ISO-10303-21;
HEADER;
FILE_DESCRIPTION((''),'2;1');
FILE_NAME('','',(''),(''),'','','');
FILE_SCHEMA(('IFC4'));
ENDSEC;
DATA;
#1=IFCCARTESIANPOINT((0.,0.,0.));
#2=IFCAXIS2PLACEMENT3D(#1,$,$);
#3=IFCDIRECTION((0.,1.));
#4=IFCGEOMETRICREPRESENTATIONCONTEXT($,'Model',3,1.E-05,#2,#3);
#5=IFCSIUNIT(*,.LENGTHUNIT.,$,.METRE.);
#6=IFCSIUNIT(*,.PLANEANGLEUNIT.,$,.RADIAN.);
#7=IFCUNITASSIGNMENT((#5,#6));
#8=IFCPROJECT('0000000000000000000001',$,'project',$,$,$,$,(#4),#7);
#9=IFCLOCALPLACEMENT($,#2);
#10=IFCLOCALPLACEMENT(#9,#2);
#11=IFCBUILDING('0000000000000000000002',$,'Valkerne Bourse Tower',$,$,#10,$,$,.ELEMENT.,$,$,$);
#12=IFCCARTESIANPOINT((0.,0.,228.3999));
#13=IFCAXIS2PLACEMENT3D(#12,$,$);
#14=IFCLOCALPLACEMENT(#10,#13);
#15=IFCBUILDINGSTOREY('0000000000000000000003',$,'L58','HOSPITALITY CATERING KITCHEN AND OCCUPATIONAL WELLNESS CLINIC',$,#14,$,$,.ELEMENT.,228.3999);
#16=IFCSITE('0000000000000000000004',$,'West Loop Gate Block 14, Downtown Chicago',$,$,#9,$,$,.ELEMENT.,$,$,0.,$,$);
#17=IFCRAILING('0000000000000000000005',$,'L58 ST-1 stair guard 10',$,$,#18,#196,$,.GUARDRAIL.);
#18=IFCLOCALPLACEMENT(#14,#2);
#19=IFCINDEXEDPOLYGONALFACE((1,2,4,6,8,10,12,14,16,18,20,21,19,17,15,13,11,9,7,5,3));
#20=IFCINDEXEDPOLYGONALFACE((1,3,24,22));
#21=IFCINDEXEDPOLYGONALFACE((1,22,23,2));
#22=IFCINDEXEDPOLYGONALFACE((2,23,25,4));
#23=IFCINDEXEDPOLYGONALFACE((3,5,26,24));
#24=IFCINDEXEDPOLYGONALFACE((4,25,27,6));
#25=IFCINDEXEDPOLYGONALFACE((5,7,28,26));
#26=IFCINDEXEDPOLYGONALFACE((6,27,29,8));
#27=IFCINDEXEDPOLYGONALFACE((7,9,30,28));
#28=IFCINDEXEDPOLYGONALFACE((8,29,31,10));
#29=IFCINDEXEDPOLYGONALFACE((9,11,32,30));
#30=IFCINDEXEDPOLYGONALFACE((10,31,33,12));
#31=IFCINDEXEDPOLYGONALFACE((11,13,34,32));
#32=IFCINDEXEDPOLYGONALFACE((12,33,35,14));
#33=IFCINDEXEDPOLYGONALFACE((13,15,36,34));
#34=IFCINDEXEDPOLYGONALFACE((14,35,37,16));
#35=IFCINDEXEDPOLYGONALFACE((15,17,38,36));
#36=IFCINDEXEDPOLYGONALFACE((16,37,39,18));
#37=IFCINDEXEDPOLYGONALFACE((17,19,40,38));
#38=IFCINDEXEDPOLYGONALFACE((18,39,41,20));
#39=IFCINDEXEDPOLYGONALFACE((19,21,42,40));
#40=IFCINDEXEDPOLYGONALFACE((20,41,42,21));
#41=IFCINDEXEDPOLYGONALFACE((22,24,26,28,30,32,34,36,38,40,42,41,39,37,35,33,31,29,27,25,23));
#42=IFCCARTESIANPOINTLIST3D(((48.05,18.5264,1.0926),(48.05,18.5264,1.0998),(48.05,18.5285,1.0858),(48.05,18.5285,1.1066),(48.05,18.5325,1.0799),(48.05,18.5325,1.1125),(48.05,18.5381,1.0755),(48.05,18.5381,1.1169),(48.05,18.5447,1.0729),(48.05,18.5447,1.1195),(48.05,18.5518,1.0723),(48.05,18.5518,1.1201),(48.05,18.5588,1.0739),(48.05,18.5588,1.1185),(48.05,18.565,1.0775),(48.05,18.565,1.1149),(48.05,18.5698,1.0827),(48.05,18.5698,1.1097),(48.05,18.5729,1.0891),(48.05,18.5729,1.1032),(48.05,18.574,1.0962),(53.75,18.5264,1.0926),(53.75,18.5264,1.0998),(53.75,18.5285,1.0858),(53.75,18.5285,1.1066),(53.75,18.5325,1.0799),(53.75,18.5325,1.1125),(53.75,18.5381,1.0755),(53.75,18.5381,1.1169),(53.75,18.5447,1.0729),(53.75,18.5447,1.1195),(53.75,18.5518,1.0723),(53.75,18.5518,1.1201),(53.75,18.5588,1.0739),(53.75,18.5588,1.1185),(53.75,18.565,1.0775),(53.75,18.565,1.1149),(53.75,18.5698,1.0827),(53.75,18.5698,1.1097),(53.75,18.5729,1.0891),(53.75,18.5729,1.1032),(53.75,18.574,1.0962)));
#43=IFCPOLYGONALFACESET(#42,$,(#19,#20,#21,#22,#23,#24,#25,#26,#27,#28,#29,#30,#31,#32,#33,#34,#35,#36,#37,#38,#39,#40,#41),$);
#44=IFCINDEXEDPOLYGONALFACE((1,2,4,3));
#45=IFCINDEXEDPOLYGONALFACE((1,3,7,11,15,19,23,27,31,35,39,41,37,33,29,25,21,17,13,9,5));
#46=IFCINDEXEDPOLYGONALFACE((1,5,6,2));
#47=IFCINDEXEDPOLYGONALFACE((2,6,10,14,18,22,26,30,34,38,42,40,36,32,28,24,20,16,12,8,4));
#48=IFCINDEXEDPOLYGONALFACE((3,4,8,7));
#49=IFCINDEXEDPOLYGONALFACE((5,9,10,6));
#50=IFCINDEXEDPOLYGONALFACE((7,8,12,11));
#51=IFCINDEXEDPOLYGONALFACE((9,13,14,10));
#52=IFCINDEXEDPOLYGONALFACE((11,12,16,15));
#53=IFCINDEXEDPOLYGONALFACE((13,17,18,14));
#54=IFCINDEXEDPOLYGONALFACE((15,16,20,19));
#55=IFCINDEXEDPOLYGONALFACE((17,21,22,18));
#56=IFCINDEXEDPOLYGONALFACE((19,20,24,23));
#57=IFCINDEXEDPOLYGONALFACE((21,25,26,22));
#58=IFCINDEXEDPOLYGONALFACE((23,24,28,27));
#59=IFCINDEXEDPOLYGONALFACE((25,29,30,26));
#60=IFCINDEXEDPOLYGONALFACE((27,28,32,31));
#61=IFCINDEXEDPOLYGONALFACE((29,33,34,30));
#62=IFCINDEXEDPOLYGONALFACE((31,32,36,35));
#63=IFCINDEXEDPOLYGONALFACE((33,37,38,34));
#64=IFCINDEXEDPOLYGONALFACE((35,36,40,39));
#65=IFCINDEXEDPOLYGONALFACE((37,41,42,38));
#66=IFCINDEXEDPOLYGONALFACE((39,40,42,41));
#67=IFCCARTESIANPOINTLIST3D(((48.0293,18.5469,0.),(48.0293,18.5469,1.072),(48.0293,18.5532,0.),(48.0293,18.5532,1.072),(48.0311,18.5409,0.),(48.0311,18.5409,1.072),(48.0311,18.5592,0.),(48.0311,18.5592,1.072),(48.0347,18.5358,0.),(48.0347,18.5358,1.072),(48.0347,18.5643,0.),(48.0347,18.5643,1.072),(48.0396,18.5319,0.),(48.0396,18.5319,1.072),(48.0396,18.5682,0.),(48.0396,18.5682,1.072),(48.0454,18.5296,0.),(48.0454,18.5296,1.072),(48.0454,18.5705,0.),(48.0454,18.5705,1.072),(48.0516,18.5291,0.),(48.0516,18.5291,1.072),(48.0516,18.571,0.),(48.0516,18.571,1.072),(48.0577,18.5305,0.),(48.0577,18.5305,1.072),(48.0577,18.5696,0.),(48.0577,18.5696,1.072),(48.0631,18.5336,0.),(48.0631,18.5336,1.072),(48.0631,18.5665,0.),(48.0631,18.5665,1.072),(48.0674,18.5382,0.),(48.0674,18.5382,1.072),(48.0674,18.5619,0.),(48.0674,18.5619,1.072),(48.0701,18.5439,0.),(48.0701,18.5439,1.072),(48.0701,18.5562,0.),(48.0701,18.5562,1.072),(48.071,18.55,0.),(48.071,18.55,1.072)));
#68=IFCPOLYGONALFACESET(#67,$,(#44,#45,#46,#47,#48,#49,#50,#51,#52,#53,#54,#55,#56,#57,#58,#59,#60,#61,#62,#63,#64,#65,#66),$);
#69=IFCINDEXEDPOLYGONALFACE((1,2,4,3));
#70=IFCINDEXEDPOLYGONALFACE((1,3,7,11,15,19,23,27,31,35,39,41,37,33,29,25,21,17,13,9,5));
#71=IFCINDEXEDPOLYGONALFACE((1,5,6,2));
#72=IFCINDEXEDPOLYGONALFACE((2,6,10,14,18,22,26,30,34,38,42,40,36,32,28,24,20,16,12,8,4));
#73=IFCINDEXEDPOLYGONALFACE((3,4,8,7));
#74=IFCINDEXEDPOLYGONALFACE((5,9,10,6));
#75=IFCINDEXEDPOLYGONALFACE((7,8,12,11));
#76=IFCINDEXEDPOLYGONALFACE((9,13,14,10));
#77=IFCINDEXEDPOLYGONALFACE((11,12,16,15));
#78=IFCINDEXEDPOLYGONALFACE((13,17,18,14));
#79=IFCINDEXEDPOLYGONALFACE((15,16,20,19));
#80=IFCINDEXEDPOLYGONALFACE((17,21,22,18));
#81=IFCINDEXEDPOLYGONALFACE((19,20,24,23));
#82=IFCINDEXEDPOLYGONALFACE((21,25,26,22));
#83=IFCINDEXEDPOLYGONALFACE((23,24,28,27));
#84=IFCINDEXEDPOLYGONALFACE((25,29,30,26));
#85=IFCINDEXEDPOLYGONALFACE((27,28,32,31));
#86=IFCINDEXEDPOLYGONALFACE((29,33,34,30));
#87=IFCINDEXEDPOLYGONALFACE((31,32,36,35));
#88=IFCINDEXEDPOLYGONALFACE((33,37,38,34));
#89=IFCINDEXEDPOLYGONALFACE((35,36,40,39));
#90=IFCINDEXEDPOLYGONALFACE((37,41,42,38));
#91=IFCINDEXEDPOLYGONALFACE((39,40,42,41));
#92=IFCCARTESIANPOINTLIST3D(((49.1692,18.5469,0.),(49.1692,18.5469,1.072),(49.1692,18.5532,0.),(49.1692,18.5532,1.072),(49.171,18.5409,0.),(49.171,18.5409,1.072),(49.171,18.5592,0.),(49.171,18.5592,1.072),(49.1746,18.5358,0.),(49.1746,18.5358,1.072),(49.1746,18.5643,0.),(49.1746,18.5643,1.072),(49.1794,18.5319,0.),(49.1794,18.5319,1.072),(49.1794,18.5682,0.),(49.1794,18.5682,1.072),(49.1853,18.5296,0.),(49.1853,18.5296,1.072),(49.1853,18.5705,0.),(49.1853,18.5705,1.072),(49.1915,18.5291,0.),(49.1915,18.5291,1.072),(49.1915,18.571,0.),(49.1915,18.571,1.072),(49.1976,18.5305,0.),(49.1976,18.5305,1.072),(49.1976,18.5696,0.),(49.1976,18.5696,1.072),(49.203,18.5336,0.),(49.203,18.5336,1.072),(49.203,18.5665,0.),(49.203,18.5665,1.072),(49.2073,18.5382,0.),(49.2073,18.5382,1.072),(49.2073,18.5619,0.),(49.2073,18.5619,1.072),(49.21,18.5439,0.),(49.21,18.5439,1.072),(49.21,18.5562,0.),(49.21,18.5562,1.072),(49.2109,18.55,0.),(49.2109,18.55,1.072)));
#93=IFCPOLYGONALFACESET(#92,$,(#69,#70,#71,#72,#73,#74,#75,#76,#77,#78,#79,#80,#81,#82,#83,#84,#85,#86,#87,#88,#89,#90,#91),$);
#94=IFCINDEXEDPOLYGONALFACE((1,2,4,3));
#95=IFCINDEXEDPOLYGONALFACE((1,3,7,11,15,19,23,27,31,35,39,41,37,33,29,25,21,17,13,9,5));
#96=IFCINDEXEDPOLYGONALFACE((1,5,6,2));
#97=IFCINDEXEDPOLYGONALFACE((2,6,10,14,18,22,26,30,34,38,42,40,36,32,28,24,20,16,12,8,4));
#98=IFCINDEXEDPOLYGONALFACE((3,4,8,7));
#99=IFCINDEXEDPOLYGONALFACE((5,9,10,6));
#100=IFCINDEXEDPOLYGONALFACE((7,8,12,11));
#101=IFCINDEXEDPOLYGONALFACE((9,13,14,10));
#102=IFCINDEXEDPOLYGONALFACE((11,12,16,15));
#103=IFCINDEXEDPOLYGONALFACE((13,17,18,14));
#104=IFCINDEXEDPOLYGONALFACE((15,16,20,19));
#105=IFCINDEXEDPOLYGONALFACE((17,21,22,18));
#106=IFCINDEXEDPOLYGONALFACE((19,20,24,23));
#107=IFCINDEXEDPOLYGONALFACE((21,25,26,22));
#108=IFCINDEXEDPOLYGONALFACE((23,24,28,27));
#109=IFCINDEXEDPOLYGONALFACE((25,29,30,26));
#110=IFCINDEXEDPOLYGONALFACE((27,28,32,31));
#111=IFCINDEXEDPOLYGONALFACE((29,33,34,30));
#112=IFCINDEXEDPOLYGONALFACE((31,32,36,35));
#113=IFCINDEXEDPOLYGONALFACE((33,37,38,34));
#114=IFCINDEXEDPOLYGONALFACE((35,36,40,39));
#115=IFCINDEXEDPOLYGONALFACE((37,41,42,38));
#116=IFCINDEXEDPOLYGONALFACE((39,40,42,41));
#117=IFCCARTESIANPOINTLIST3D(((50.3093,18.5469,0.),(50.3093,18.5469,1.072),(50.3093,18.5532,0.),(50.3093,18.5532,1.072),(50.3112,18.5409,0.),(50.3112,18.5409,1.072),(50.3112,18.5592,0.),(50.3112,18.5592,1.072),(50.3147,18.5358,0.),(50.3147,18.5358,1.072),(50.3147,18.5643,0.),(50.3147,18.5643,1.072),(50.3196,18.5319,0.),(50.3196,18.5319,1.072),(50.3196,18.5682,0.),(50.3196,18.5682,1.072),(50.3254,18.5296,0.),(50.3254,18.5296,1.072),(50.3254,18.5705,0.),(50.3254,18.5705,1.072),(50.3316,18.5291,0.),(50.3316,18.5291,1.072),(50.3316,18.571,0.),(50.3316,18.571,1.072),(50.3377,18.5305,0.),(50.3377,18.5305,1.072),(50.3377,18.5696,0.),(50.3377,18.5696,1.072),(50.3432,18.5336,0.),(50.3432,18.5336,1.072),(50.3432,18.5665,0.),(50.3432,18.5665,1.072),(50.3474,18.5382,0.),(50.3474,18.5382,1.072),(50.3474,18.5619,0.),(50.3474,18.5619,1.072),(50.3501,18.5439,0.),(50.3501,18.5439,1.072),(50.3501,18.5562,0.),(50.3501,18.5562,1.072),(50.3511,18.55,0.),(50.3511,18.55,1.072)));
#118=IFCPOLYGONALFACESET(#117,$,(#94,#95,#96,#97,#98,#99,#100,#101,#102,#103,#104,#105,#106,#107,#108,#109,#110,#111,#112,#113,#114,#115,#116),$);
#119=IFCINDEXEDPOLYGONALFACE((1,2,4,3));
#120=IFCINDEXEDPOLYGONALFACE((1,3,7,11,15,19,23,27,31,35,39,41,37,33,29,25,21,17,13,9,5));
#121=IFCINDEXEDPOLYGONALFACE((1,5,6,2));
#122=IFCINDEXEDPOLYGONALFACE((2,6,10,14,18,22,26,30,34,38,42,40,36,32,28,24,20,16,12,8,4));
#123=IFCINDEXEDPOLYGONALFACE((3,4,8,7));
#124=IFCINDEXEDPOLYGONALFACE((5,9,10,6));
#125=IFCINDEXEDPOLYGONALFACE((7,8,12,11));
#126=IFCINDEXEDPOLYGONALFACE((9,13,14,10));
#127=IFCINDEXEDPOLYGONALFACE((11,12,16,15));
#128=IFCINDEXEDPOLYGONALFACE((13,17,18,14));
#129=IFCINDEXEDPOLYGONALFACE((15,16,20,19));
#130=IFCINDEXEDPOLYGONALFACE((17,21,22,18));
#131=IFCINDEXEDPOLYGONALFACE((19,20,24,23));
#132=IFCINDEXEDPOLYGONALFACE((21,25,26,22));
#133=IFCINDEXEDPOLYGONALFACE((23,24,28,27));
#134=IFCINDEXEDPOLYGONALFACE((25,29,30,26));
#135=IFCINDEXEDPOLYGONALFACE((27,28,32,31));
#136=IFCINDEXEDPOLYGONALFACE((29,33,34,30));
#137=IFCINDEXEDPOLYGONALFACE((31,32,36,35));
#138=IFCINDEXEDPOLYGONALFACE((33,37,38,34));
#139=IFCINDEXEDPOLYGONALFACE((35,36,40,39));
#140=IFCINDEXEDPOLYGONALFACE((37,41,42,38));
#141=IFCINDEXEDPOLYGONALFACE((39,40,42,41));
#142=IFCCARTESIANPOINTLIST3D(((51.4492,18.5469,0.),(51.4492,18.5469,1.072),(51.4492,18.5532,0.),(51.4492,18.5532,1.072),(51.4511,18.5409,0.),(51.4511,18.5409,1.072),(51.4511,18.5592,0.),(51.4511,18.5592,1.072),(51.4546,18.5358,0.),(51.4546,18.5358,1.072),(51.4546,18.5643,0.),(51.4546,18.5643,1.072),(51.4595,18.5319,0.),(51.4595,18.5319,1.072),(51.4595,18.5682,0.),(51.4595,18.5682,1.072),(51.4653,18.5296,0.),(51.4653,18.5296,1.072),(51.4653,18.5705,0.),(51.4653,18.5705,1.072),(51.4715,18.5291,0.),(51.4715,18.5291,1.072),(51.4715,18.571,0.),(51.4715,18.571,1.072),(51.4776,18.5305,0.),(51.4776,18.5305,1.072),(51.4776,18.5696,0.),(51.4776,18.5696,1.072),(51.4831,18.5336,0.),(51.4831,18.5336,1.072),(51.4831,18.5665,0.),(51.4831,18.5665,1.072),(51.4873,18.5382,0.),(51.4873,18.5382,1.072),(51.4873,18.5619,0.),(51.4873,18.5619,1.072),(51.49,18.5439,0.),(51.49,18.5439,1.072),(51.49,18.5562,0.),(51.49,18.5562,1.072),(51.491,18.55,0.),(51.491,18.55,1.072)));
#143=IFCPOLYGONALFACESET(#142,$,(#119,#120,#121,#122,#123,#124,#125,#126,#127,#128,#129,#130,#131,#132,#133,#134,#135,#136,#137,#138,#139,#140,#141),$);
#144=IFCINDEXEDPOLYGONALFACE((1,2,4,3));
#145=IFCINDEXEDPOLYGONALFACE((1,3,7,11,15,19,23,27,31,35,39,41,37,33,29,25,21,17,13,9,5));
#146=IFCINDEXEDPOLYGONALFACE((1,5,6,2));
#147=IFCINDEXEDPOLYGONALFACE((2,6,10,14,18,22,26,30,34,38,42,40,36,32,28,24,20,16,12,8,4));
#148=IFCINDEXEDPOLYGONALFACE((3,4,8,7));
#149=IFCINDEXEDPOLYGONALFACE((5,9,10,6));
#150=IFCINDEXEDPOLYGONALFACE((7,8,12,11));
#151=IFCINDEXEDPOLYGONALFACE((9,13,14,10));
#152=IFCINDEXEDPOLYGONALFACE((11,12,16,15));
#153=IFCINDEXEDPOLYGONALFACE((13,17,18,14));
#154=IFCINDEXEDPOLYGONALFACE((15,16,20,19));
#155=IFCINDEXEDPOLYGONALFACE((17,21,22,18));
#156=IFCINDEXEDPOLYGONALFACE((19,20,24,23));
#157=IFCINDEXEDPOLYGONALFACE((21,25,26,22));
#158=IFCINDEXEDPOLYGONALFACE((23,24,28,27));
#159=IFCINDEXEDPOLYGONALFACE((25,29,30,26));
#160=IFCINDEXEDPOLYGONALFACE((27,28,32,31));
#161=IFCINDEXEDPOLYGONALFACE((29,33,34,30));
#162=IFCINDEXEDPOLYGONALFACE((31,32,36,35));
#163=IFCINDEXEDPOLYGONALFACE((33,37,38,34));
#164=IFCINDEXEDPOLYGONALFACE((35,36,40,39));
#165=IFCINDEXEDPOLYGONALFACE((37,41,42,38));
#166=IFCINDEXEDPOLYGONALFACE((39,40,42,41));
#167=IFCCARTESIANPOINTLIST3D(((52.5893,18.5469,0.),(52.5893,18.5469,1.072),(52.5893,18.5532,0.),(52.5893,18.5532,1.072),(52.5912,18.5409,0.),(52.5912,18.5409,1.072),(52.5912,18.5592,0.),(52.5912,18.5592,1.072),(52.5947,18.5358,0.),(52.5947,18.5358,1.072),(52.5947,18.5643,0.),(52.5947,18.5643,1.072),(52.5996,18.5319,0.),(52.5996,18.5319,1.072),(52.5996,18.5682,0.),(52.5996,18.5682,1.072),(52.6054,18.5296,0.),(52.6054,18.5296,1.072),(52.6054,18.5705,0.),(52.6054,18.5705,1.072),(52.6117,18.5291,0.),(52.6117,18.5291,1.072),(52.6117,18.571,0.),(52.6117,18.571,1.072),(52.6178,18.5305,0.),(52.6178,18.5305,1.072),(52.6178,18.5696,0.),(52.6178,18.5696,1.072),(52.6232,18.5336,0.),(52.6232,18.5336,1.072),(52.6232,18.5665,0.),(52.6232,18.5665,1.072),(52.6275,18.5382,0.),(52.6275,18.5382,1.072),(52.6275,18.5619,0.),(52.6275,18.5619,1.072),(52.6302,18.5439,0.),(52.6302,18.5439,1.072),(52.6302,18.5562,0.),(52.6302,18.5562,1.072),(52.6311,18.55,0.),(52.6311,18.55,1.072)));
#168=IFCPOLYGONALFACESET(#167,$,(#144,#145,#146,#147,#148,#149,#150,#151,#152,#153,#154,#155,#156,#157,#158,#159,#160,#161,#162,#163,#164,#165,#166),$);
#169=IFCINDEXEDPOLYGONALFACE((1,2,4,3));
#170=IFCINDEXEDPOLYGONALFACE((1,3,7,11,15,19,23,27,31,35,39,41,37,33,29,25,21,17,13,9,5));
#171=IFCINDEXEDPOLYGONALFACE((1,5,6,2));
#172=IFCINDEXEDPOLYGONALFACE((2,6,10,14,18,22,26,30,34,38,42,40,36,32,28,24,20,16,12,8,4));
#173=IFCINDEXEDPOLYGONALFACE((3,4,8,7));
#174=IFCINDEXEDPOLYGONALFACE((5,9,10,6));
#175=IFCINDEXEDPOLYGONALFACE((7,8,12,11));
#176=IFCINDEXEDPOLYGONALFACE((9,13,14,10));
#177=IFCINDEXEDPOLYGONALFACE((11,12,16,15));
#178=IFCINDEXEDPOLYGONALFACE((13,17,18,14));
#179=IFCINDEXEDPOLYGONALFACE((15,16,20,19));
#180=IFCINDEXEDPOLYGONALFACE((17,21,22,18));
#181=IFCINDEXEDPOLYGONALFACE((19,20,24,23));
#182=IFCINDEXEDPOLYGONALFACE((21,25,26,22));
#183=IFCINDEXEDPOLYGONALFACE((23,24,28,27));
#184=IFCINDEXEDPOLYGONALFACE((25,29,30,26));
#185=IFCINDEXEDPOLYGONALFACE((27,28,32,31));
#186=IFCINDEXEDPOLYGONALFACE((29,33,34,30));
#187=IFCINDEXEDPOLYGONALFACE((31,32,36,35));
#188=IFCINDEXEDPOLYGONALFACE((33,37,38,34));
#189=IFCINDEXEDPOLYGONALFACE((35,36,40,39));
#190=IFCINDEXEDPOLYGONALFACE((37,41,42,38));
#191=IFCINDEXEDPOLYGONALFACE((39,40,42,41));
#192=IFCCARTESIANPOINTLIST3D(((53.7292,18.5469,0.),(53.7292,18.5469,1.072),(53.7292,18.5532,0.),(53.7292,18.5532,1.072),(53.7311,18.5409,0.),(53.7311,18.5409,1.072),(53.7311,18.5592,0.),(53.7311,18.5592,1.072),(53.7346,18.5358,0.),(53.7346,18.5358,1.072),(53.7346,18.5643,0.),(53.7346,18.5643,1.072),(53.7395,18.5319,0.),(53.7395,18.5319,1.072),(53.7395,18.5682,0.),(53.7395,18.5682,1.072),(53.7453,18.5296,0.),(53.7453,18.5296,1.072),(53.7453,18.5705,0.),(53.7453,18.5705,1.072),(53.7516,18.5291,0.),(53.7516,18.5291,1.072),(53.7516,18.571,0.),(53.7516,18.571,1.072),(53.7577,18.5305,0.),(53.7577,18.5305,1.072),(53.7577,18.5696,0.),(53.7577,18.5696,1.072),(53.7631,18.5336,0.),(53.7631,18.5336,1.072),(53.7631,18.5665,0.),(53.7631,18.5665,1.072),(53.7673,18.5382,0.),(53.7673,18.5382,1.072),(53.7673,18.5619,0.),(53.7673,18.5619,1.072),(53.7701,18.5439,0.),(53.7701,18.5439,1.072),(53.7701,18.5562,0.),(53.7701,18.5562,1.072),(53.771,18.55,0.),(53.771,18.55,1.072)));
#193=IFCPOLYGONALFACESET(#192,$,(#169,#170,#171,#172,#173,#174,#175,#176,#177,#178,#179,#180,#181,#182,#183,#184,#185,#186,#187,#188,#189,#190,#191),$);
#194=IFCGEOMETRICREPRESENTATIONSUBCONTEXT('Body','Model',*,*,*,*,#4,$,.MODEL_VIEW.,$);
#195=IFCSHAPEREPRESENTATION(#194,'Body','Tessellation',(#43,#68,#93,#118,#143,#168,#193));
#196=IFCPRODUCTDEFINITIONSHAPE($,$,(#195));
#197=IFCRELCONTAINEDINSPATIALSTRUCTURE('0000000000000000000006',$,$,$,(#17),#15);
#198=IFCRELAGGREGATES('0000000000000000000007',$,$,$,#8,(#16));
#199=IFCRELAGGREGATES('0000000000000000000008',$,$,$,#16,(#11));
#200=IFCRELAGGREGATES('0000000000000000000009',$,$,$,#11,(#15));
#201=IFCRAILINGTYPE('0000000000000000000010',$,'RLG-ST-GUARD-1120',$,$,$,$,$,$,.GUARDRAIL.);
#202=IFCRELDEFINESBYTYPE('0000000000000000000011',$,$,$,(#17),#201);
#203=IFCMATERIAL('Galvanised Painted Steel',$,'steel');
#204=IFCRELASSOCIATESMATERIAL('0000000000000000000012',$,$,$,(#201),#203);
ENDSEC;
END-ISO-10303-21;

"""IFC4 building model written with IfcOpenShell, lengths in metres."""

from ifc_helpers import new_model, si_unit, direction, frame, origin, origin_2d, place, context, subcontext, project, spatial, circle, extrude, material, type_object, element, save


model = new_model("IFC4")

# Units and contexts
model_context = context("Model", 3, precision=1e-05, world=origin(), true_north=direction((0.0, 1.0)))
body_context = subcontext(model_context, "Body", "Model", "MODEL_VIEW")
ifc_project = project(units=[si_unit("LENGTHUNIT", "METRE"), si_unit("PLANEANGLEUNIT", "RADIAN")], contexts=[model_context])

# Site, building, storey
site_placement = place(None, origin())
site = spatial("IfcSite", under=ifc_project, at=site_placement, Name="West Loop Gate Block 14, Downtown Chicago", CompositionType="ELEMENT", RefElevation=0.0)
building_placement = place(site_placement, origin())
building = spatial("IfcBuilding", under=site, at=building_placement, Name="Valkerne Bourse Tower", CompositionType="ELEMENT")
storey_placement = place(building_placement, frame((0.0, 0.0, 228.3999)))
storey = spatial("IfcBuildingStorey", under=building, at=storey_placement, Name="L58", Description="HOSPITALITY CATERING KITCHEN AND OCCUPATIONAL WELLNESS CLINIC", CompositionType="ELEMENT", Elevation=228.3999)

# Railing
ifc_material_1 = material(Name="Galvanised Painted Steel", Category="steel")
railing_type = type_object("IfcRailingType", Name="RLG-ST-GUARD-1120", PredefinedType="GUARDRAIL", material=ifc_material_1)
railing_placement = place(storey_placement, frame((48.05, 18.55, 0.0)))
element("IfcRailing", 1, at=railing_placement, inside=storey, type_object=railing_type, Name="L58 ST-1 stair guard 10", PredefinedType="GUARDRAIL", context=body_context, shape_type="SweptSolid", body=[
    extrude(circle(Radius=0.0239, at=origin_2d()), frame((0.0, 0.0, 1.0962), z_axis=(1.0, 0.0, 0.0), x_axis=(0.0, 1.0, 0.0)), (0.0, 0.0, 1.0), 5.7),
    extrude(circle(Radius=0.021, at=origin_2d()), origin(), (0.0, 0.0, 1.0), 1.072),
    extrude(circle(Radius=0.021, at=origin_2d()), frame((1.1399, 0.0, 0.0)), (0.0, 0.0, 1.0), 1.072),
    extrude(circle(Radius=0.021, at=origin_2d()), frame((2.28, 0.0, 0.0)), (0.0, 0.0, 1.0), 1.072),
    extrude(circle(Radius=0.021, at=origin_2d()), frame((3.4199, 0.0, 0.0)), (0.0, 0.0, 1.0), 1.072),
    extrude(circle(Radius=0.021, at=origin_2d()), frame((4.5601, 0.0, 0.0)), (0.0, 0.0, 1.0), 1.072),
    extrude(circle(Radius=0.021, at=origin_2d()), frame((5.7, 0.0, 0.0)), (0.0, 0.0, 1.0), 1.072),
])

save(model, "model.ifc")
